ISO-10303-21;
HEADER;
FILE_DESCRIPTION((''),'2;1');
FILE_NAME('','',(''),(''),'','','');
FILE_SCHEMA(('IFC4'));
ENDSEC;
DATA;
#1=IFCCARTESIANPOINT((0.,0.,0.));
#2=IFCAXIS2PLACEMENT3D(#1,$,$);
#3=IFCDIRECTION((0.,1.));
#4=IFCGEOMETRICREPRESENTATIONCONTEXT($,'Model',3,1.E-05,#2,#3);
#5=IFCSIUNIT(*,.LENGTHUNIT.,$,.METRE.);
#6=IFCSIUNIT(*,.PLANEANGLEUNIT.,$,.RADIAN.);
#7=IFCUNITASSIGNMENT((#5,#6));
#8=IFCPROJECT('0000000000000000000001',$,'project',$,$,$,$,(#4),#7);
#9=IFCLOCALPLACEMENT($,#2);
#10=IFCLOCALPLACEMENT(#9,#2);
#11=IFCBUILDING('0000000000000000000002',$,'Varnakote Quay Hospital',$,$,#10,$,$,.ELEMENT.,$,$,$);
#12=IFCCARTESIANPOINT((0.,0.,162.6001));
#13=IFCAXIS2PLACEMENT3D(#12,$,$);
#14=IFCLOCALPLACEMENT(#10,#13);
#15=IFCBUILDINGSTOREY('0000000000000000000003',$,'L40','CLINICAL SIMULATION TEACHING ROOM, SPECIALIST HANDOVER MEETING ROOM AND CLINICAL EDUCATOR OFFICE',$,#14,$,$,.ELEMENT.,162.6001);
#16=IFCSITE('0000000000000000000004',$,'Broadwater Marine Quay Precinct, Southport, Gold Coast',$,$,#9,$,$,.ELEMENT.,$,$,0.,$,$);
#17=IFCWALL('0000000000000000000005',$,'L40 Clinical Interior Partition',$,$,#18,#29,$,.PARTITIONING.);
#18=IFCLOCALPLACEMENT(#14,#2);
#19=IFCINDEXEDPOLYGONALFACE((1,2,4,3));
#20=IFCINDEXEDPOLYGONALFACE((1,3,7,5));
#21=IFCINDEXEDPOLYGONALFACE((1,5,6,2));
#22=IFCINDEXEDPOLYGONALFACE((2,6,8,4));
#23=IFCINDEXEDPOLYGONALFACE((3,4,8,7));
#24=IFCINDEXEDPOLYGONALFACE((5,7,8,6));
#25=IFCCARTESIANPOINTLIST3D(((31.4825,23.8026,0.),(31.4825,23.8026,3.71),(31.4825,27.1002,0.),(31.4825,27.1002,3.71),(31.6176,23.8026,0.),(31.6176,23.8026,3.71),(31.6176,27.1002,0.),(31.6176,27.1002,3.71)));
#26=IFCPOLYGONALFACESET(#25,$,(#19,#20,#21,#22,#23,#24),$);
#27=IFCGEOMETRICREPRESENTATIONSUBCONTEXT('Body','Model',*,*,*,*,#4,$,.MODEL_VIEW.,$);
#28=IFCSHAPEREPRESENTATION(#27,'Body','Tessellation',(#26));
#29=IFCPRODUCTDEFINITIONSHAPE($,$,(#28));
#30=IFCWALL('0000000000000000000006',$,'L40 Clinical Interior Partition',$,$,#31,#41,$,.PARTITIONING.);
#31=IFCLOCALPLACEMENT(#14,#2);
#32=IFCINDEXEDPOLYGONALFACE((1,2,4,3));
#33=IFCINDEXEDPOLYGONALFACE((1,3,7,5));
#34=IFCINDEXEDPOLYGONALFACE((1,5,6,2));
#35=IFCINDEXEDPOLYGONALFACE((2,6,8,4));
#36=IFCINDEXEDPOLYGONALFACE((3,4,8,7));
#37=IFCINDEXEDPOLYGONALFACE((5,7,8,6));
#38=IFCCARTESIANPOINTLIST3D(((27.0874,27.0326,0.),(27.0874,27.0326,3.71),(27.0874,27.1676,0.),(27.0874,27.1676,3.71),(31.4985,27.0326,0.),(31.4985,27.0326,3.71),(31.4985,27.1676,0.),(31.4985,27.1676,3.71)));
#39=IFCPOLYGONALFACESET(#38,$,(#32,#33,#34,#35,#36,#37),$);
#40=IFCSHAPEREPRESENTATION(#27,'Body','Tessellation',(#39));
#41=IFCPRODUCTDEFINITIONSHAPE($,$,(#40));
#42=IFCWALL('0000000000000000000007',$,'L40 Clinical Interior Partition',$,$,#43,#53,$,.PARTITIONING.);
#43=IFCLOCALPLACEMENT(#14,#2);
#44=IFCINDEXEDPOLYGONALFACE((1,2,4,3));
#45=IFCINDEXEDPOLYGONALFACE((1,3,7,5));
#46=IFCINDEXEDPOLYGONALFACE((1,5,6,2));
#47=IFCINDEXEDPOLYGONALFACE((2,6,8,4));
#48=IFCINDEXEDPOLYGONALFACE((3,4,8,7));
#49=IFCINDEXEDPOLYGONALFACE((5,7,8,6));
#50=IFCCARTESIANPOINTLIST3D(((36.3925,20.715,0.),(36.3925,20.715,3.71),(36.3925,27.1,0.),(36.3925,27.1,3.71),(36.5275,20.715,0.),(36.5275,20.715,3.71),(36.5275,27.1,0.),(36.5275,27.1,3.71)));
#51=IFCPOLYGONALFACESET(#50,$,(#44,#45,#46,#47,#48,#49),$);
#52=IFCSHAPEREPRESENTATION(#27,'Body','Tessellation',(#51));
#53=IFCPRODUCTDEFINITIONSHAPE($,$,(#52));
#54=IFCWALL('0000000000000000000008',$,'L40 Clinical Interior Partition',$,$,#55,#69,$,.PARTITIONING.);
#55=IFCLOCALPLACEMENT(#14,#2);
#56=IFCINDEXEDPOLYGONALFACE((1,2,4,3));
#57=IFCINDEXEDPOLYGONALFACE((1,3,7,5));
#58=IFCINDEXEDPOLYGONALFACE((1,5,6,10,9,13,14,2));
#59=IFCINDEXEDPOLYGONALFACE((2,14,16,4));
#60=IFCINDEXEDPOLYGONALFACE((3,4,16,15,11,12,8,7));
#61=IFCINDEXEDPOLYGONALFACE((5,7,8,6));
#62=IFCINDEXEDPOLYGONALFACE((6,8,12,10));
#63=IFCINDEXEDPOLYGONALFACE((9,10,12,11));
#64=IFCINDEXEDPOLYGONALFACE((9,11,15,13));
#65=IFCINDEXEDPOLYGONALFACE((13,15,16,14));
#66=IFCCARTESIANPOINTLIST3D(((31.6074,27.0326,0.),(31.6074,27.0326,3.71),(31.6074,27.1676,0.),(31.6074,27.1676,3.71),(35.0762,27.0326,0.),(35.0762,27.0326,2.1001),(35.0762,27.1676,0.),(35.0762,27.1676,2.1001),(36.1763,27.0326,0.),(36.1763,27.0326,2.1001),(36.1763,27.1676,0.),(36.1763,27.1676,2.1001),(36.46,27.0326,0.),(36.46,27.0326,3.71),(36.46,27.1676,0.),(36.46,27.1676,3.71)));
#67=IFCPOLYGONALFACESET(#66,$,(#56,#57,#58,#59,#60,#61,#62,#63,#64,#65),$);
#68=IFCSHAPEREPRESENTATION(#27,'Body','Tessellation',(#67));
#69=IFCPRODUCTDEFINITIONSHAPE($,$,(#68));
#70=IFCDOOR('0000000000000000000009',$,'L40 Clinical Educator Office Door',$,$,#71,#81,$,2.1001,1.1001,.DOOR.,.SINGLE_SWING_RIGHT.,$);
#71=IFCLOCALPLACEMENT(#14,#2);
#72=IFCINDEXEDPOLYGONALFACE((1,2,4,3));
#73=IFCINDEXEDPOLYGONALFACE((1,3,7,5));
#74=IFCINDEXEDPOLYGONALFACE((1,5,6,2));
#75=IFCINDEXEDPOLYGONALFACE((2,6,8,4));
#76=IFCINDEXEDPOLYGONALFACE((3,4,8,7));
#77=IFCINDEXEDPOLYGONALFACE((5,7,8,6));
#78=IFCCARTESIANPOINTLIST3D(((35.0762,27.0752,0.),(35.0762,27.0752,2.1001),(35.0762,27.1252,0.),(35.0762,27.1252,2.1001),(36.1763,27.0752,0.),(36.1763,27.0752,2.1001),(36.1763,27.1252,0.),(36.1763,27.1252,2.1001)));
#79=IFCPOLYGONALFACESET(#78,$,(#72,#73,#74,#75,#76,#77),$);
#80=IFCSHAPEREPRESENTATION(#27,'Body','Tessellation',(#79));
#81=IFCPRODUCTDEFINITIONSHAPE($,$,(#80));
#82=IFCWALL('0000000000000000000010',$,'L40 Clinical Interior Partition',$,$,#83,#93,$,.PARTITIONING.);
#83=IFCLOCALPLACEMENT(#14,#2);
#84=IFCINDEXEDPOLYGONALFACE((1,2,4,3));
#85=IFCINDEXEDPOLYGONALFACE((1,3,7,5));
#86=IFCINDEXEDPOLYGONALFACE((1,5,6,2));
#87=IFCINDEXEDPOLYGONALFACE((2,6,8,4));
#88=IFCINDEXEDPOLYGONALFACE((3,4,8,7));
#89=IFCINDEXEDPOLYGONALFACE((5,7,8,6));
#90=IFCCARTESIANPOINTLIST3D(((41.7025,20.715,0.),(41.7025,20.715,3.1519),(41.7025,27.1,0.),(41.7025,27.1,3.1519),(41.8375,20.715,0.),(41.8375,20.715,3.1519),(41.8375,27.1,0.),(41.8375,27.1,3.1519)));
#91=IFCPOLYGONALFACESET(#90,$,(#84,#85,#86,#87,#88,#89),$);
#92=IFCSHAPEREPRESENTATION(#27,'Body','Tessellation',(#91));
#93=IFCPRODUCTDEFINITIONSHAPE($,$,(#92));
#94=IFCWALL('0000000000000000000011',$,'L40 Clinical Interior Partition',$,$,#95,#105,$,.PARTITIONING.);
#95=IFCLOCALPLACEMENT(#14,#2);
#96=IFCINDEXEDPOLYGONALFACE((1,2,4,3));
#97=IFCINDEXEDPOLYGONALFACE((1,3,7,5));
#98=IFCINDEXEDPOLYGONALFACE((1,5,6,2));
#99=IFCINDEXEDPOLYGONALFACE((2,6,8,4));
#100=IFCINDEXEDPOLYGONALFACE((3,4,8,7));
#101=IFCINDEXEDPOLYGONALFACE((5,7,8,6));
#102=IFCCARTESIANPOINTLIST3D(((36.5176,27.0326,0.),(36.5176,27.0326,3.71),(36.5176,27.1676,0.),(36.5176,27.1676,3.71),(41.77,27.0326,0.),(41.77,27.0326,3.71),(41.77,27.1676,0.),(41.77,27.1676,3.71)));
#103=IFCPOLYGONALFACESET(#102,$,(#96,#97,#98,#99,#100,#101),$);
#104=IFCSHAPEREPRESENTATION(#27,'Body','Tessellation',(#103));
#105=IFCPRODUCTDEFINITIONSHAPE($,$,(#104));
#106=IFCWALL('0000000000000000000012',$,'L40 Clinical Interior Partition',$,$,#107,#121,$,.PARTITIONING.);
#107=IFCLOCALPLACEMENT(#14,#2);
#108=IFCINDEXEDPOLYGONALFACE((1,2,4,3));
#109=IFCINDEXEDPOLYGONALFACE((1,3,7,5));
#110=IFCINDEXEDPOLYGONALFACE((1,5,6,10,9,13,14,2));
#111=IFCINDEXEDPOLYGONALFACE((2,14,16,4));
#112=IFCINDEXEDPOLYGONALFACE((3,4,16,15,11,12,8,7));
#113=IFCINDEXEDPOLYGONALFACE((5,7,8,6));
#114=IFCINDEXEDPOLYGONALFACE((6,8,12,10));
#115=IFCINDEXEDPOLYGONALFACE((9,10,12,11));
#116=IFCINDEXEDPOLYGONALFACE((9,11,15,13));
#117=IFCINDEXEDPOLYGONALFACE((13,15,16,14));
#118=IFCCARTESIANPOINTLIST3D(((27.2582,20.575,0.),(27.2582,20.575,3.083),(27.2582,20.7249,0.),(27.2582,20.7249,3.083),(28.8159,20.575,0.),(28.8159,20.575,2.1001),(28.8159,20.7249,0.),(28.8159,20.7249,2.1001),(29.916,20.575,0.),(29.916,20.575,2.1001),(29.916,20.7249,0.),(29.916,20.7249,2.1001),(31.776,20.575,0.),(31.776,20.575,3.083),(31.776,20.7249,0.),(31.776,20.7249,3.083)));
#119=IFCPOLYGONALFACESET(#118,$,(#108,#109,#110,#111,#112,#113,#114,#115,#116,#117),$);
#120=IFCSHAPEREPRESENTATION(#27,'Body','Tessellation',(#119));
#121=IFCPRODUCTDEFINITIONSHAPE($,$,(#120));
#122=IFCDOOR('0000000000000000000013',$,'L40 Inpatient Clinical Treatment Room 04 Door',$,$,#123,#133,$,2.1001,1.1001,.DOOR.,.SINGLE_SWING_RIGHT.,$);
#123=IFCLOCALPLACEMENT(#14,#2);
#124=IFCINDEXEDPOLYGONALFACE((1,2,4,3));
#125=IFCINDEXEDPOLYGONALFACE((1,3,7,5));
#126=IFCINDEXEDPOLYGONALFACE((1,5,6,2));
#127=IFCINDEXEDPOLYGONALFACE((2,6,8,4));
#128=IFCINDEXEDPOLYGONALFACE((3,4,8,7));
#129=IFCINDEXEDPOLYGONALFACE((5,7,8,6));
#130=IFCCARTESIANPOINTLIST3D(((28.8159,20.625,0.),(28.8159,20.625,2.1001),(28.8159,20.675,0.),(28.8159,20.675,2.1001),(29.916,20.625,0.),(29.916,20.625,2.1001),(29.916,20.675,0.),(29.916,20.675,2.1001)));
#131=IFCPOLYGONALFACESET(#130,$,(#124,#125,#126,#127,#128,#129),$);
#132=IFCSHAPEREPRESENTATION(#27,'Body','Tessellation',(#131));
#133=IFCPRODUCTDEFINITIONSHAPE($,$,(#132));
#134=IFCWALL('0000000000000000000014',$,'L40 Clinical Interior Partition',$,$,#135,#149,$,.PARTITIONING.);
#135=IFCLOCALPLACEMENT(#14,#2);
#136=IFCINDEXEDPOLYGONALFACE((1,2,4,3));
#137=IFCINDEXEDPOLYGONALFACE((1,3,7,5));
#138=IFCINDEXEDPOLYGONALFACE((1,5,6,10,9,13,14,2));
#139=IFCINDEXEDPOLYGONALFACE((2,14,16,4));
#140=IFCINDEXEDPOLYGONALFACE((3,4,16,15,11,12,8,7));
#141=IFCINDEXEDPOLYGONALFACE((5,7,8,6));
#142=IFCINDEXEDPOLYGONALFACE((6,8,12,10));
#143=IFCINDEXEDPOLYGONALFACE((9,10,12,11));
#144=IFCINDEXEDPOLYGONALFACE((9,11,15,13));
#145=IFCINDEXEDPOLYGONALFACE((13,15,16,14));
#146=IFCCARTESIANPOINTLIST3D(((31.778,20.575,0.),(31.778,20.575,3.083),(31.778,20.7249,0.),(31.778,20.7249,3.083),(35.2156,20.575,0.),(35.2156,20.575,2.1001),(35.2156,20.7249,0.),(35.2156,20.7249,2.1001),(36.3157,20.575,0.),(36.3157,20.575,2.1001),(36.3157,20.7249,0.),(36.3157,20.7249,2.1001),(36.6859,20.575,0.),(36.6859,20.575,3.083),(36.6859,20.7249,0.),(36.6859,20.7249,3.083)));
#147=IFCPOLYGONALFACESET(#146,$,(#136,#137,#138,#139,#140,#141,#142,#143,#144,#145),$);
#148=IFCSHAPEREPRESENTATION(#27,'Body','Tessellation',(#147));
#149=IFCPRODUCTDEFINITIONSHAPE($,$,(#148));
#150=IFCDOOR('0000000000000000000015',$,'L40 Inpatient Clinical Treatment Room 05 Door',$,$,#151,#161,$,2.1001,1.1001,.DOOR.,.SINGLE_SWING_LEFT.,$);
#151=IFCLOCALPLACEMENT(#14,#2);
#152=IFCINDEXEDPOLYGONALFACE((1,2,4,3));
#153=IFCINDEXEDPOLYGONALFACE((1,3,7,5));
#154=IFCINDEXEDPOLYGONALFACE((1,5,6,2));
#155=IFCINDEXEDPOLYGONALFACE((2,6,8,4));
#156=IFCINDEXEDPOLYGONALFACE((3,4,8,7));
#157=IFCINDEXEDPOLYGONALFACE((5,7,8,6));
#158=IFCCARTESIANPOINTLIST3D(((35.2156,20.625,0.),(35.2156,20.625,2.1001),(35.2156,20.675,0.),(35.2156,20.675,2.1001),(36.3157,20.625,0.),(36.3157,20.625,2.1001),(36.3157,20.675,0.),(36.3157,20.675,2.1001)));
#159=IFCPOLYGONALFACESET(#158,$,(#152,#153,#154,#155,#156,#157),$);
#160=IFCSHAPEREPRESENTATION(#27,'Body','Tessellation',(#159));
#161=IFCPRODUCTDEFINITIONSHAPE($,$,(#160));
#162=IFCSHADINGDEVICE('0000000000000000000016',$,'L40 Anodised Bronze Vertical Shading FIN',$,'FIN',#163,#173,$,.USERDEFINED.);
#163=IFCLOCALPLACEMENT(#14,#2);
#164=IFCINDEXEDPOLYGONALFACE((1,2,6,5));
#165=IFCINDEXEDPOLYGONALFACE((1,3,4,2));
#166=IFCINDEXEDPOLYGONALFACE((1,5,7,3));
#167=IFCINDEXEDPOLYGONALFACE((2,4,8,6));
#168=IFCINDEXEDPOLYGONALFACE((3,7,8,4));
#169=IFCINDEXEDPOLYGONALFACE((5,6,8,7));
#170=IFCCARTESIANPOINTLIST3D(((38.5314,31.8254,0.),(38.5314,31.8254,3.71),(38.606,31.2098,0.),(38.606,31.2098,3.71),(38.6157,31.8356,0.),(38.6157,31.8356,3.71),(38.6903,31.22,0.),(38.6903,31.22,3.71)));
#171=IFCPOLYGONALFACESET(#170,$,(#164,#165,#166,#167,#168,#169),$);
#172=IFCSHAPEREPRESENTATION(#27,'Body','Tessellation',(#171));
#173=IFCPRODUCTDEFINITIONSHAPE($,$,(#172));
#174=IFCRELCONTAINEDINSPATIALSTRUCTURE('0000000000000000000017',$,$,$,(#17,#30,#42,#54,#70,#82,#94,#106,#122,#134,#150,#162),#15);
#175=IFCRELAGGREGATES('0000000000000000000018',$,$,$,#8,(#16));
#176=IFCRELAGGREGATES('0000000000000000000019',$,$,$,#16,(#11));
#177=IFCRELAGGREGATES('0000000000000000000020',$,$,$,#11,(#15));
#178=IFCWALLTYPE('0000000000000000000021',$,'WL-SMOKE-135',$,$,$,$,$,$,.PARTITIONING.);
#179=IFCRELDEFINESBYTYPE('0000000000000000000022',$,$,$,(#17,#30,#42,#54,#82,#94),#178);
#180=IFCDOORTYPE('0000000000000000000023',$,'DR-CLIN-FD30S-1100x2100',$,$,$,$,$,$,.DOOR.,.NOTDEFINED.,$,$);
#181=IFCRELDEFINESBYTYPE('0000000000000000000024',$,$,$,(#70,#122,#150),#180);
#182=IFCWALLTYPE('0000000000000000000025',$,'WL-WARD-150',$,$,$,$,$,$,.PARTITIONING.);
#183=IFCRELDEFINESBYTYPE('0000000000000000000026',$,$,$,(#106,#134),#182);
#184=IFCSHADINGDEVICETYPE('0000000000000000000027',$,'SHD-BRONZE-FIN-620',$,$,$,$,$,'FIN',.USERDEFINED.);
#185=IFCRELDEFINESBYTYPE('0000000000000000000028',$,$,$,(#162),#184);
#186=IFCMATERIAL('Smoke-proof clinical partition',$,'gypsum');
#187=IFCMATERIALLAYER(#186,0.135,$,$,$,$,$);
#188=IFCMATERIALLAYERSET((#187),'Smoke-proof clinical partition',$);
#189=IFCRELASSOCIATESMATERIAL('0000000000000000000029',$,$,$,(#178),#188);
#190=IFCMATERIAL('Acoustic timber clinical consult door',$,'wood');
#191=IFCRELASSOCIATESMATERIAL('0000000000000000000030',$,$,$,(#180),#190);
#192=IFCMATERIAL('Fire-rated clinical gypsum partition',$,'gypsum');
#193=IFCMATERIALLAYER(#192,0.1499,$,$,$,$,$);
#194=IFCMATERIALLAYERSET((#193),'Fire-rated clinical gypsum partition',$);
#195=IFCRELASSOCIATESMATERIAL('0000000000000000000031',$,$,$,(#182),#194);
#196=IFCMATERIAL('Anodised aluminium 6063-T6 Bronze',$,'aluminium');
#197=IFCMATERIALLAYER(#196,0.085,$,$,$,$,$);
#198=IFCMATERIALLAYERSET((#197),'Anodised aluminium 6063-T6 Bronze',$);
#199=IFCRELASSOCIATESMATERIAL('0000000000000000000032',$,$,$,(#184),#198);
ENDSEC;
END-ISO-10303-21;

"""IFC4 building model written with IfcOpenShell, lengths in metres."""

from ifc_helpers import new_model, si_unit, direction, frame, frame_2d, origin, origin_2d, place, context, subcontext, project, spatial, rectangle, extrude, material, layer, layer_set, type_object, element, fill, save


model = new_model("IFC4")

# Units and contexts
model_context = context("Model", 3, precision=1e-05, world=origin(), true_north=direction((0.0, 1.0)))
body_context = subcontext(model_context, "Body", "Model", "MODEL_VIEW")
ifc_project = project(units=[si_unit("LENGTHUNIT", "METRE"), si_unit("PLANEANGLEUNIT", "RADIAN")], contexts=[model_context])

# Site, building, storey
site_placement = place(None, origin())
site = spatial("IfcSite", under=ifc_project, at=site_placement, Name="Broadwater Marine Quay Precinct, Southport, Gold Coast", CompositionType="ELEMENT", RefElevation=0.0)
building_placement = place(site_placement, origin())
building = spatial("IfcBuilding", under=site, at=building_placement, Name="Varnakote Quay Hospital", CompositionType="ELEMENT")
storey_placement = place(building_placement, frame((0.0, 0.0, 162.6001)))
storey = spatial("IfcBuildingStorey", under=building, at=storey_placement, Name="L40", Description="CLINICAL SIMULATION TEACHING ROOM, SPECIALIST HANDOVER MEETING ROOM AND CLINICAL EDUCATOR OFFICE", CompositionType="ELEMENT", Elevation=162.6001)

# Walls
ifc_material_1 = material(Name="Smoke-proof clinical partition", Category="gypsum")
ifc_layer_1 = layer(ifc_material_1, 0.135)
ifc_layer_set_1 = layer_set([ifc_layer_1], Name="Smoke-proof clinical partition")
wall_type_1 = type_object("IfcWallType", Name="WL-SMOKE-135", PredefinedType="PARTITIONING", material=ifc_layer_set_1)
wall_1_placement = place(storey_placement, frame((31.55, 23.8025, 0.0), z_axis=(0.0, 0.0, 1.0), x_axis=(0.0, 1.0, 0.0)))
element("IfcWall", 1, at=wall_1_placement, inside=storey, type_object=wall_type_1, Name="L40 Clinical Interior Partition", PredefinedType="PARTITIONING", context=body_context, shape_type="SweptSolid", body=[
    extrude(rectangle(XDim=3.2976, YDim=0.135, at=frame_2d((1.6489, 0.0))), origin(), (0.0, 0.0, 1.0), 3.71),
])
wall_2_placement = place(storey_placement, frame((31.4985, 27.1001, 0.0), z_axis=(0.0, 0.0, 1.0), x_axis=(-1.0, 0.0, 0.0)))
element("IfcWall", 2, at=wall_2_placement, inside=storey, type_object=wall_type_1, Name="L40 Clinical Interior Partition", PredefinedType="PARTITIONING", context=body_context, shape_type="SweptSolid", body=[
    extrude(rectangle(XDim=4.4111, YDim=0.135, at=frame_2d((2.2056, 0.0))), origin(), (0.0, 0.0, 1.0), 3.71),
])
wall_3_placement = place(storey_placement, frame((36.46, 20.7151, 0.0), z_axis=(0.0, 0.0, 1.0), x_axis=(0.0, 1.0, 0.0)))
element("IfcWall", 3, at=wall_3_placement, inside=storey, type_object=wall_type_1, Name="L40 Clinical Interior Partition", PredefinedType="PARTITIONING", context=body_context, shape_type="SweptSolid", body=[
    extrude(rectangle(XDim=6.385, YDim=0.135, at=frame_2d((3.1924, 0.0))), origin(), (0.0, 0.0, 1.0), 3.71),
])

# Wall, opening, door
wall_4_placement = place(storey_placement, frame((36.46, 27.1001, 0.0), z_axis=(0.0, 0.0, 1.0), x_axis=(-1.0, 0.0, 0.0)))
wall_4 = element("IfcWall", 4, at=wall_4_placement, inside=storey, type_object=wall_type_1, Name="L40 Clinical Interior Partition", PredefinedType="PARTITIONING", context=body_context, shape_type="SweptSolid", body=[
    extrude(rectangle(XDim=4.8525, YDim=0.135, at=frame_2d((2.4263, 0.0))), origin(), (0.0, 0.0, 1.0), 3.71),
])
opening_1_placement = place(wall_4_placement, frame((0.2837, 0.0, 0.0)))
opening_1 = element("IfcOpeningElement", 5, at=opening_1_placement, cuts=wall_4, PredefinedType="OPENING", context=body_context, shape_type="SweptSolid", body=[
    extrude(rectangle(XDim=1.1001, YDim=2.1001, at=frame_2d((0.55, 1.05))), frame((0.0, 0.0774, 0.0), z_axis=(0.0, -1.0, 0.0), x_axis=(1.0, 0.0, 0.0)), (0.0, 0.0, 1.0), 0.155),
])
ifc_material_2 = material(Name="Acoustic timber clinical consult door", Category="wood")
door_type_1 = type_object("IfcDoorType", Name="DR-CLIN-FD30S-1100x2100", OperationType="NOTDEFINED", PredefinedType="DOOR", material=ifc_material_2)
door_1_placement = place(opening_1_placement, origin())
door_1 = element("IfcDoor", 6, at=door_1_placement, inside=storey, type_object=door_type_1, Name="L40 Clinical Educator Office Door", OperationType="SINGLE_SWING_RIGHT", OverallHeight=2.1001, OverallWidth=1.1001, PredefinedType="DOOR", context=body_context, shape_type="SweptSolid", body=[
    extrude(rectangle(XDim=1.1001, YDim=2.1001, at=frame_2d((0.55, 1.05))), frame((0.0, 0.0249, 0.0), z_axis=(0.0, -1.0, 0.0), x_axis=(1.0, 0.0, 0.0)), (0.0, 0.0, 1.0), 0.05),
])
fill(opening_1, door_1)

# Walls
wall_5_placement = place(storey_placement, frame((41.77, 20.7151, 0.0), z_axis=(0.0, 0.0, 1.0), x_axis=(0.0, 1.0, 0.0)))
element("IfcWall", 7, at=wall_5_placement, inside=storey, type_object=wall_type_1, Name="L40 Clinical Interior Partition", PredefinedType="PARTITIONING", context=body_context, shape_type="SweptSolid", body=[
    extrude(rectangle(XDim=6.385, YDim=0.135, at=frame_2d((3.1924, 0.0))), origin(), (0.0, 0.0, 1.0), 3.1519),
])
wall_6_placement = place(storey_placement, frame((41.77, 27.1001, 0.0), z_axis=(0.0, 0.0, 1.0), x_axis=(-1.0, 0.0, 0.0)))
element("IfcWall", 8, at=wall_6_placement, inside=storey, type_object=wall_type_1, Name="L40 Clinical Interior Partition", PredefinedType="PARTITIONING", context=body_context, shape_type="SweptSolid", body=[
    extrude(rectangle(XDim=5.2524, YDim=0.135, at=frame_2d((2.6262, 0.0))), origin(), (0.0, 0.0, 1.0), 3.71),
])

# Walls, openings, doors
ifc_material_3 = material(Name="Fire-rated clinical gypsum partition", Category="gypsum")
ifc_layer_2 = layer(ifc_material_3, 0.1499)
ifc_layer_set_2 = layer_set([ifc_layer_2], Name="Fire-rated clinical gypsum partition")
wall_type_2 = type_object("IfcWallType", Name="WL-WARD-150", PredefinedType="PARTITIONING", material=ifc_layer_set_2)
wall_7_placement = place(storey_placement, frame((31.7759, 20.6499, 0.0), z_axis=(0.0, 0.0, 1.0), x_axis=(-1.0, 0.0, 0.0)))
wall_7 = element("IfcWall", 9, at=wall_7_placement, inside=storey, type_object=wall_type_2, Name="L40 Clinical Interior Partition", PredefinedType="PARTITIONING", context=body_context, shape_type="SweptSolid", body=[
    extrude(rectangle(XDim=4.5178, YDim=0.1499, at=frame_2d((2.2588, 0.0))), origin(), (0.0, 0.0, 1.0), 3.083),
])
opening_2_placement = place(wall_7_placement, frame((1.8599, 0.0, 0.0)))
opening_2 = element("IfcOpeningElement", 10, at=opening_2_placement, cuts=wall_7, PredefinedType="OPENING", context=body_context, shape_type="SweptSolid", body=[
    extrude(rectangle(XDim=1.1001, YDim=2.1001, at=frame_2d((0.55, 1.05))), frame((0.0, 0.085, 0.0), z_axis=(0.0, -1.0, 0.0), x_axis=(1.0, 0.0, 0.0)), (0.0, 0.0, 1.0), 0.1699),
])
door_2_placement = place(opening_2_placement, origin())
door_2 = element("IfcDoor", 11, at=door_2_placement, inside=storey, type_object=door_type_1, Name="L40 Inpatient Clinical Treatment Room 04 Door", OperationType="SINGLE_SWING_RIGHT", OverallHeight=2.1001, OverallWidth=1.1001, PredefinedType="DOOR", context=body_context, shape_type="SweptSolid", body=[
    extrude(rectangle(XDim=1.1001, YDim=2.1001, at=frame_2d((0.55, 1.05))), frame((0.0, 0.0249, 0.0), z_axis=(0.0, -1.0, 0.0), x_axis=(1.0, 0.0, 0.0)), (0.0, 0.0, 1.0), 0.05),
])
fill(opening_2, door_2)
wall_8_placement = place(storey_placement, frame((36.686, 20.6499, 0.0), z_axis=(0.0, 0.0, 1.0), x_axis=(-1.0, 0.0, 0.0)))
wall_8 = element("IfcWall", 12, at=wall_8_placement, inside=storey, type_object=wall_type_2, Name="L40 Clinical Interior Partition", PredefinedType="PARTITIONING", context=body_context, shape_type="SweptSolid", body=[
    extrude(rectangle(XDim=4.908, YDim=0.1499, at=frame_2d((2.4541, 0.0))), origin(), (0.0, 0.0, 1.0), 3.083),
])
opening_3_placement = place(wall_8_placement, frame((0.3704, 0.0, 0.0)))
opening_3 = element("IfcOpeningElement", 13, at=opening_3_placement, cuts=wall_8, PredefinedType="OPENING", context=body_context, shape_type="SweptSolid", body=[
    extrude(rectangle(XDim=1.1001, YDim=2.1001, at=frame_2d((0.55, 1.05))), frame((0.0, 0.085, 0.0), z_axis=(0.0, -1.0, 0.0), x_axis=(1.0, 0.0, 0.0)), (0.0, 0.0, 1.0), 0.1699),
])
door_3_placement = place(opening_3_placement, origin())
door_3 = element("IfcDoor", 14, at=door_3_placement, inside=storey, type_object=door_type_1, Name="L40 Inpatient Clinical Treatment Room 05 Door", OperationType="SINGLE_SWING_LEFT", OverallHeight=2.1001, OverallWidth=1.1001, PredefinedType="DOOR", context=body_context, shape_type="SweptSolid", body=[
    extrude(rectangle(XDim=1.1001, YDim=2.1001, at=frame_2d((0.55, 1.05))), frame((0.0, 0.0249, 0.0), z_axis=(0.0, -1.0, 0.0), x_axis=(1.0, 0.0, 0.0)), (0.0, 0.0, 1.0), 0.05),
])
fill(opening_3, door_3)

# Shading device
ifc_material_4 = material(Name="Anodised aluminium 6063-T6 Bronze", Category="aluminium")
ifc_layer_3 = layer(ifc_material_4, 0.085)
ifc_layer_set_3 = layer_set([ifc_layer_3], Name="Anodised aluminium 6063-T6 Bronze")
shading_device_type = type_object("IfcShadingDeviceType", Name="SHD-BRONZE-FIN-620", ElementType="FIN", PredefinedType="USERDEFINED", material=ifc_layer_set_3)
shading_device_placement = place(storey_placement, frame((38.6108, 31.5227, 0.0), z_axis=(0.0, 0.0, 1.0), x_axis=(0.12031, -0.992736, 0.0)))
element("IfcShadingDevice", 15, at=shading_device_placement, inside=storey, type_object=shading_device_type, Name="L40 Anodised Bronze Vertical Shading FIN", ObjectType="FIN", PredefinedType="USERDEFINED", context=body_context, shape_type="SweptSolid", body=[
    extrude(rectangle(XDim=0.6201, YDim=0.085, at=origin_2d()), origin(), (0.0, 0.0, 1.0), 3.71),
])

save(model, "model.ifc")
